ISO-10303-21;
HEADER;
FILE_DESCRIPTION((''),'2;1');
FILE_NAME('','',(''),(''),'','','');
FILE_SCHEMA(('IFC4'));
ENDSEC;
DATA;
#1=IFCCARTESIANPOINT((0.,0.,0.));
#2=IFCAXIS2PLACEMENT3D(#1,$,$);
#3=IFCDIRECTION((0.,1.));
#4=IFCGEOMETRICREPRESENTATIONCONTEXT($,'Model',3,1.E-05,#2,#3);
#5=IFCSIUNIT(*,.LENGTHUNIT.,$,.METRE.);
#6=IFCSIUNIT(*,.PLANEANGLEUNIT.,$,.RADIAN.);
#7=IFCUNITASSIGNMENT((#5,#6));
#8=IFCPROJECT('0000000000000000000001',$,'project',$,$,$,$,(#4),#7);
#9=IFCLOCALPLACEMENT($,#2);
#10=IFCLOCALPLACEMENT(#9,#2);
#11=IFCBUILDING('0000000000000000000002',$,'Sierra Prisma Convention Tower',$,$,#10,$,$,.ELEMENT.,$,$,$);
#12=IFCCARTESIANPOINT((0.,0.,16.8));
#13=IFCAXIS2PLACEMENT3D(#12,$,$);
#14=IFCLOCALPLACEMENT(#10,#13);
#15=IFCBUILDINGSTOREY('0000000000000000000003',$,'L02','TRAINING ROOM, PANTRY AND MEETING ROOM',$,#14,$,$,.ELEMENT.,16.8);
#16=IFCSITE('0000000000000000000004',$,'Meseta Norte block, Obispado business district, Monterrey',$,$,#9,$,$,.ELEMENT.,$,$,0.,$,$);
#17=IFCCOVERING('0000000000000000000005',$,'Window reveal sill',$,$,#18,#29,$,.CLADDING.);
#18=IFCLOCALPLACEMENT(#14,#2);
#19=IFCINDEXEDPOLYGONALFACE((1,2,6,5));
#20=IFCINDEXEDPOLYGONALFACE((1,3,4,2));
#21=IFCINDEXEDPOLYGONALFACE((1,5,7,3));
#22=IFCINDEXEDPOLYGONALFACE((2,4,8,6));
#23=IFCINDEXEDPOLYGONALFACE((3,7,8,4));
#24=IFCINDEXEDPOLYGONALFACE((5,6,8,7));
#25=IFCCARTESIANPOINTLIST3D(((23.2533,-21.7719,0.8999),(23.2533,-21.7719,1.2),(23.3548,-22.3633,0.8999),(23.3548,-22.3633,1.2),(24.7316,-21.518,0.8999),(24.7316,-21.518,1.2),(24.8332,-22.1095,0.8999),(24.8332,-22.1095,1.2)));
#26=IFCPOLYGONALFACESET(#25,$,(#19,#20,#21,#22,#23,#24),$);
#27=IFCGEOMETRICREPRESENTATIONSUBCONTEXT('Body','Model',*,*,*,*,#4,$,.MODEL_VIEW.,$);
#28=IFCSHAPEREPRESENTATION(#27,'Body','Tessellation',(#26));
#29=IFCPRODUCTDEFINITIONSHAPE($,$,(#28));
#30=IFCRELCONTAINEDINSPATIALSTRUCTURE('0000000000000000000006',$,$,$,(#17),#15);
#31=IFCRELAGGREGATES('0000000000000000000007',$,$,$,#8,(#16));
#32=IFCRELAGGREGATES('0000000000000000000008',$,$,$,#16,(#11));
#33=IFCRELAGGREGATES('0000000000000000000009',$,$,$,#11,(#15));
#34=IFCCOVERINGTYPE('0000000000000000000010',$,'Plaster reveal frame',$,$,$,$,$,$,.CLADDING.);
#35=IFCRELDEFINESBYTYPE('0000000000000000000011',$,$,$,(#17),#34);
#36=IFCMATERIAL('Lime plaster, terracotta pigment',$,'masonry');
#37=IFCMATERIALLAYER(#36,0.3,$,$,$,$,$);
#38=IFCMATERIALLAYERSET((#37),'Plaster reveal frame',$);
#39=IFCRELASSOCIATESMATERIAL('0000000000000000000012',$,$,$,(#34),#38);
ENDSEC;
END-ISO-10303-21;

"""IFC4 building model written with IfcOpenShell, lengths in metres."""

from ifc_helpers import new_model, si_unit, direction, frame, origin, origin_2d, place, context, subcontext, project, spatial, rectangle, extrude, material, layer, layer_set, type_object, element, save


model = new_model("IFC4")

# Units and contexts
model_context = context("Model", 3, precision=1e-05, world=origin(), true_north=direction((0.0, 1.0)))
body_context = subcontext(model_context, "Body", "Model", "MODEL_VIEW")
ifc_project = project(units=[si_unit("LENGTHUNIT", "METRE"), si_unit("PLANEANGLEUNIT", "RADIAN")], contexts=[model_context])

# Site, building, storey
site_placement = place(None, origin())
site = spatial("IfcSite", under=ifc_project, at=site_placement, Name="Meseta Norte block, Obispado business district, Monterrey", CompositionType="ELEMENT", RefElevation=0.0)
building_placement = place(site_placement, origin())
building = spatial("IfcBuilding", under=site, at=building_placement, Name="Sierra Prisma Convention Tower", CompositionType="ELEMENT")
storey_placement = place(building_placement, frame((0.0, 0.0, 16.8)))
storey = spatial("IfcBuildingStorey", under=building, at=storey_placement, Name="L02", Description="TRAINING ROOM, PANTRY AND MEETING ROOM", CompositionType="ELEMENT", Elevation=16.8)

# Covering
ifc_material_1 = material(Name="Lime plaster, terracotta pigment", Category="masonry")
ifc_layer_1 = layer(ifc_material_1, 0.3)
ifc_layer_set_1 = layer_set([ifc_layer_1], Name="Plaster reveal frame")
covering_type = type_object("IfcCoveringType", Name="Plaster reveal frame", PredefinedType="CLADDING", material=ifc_layer_set_1)
for number, where, z_axis, x_axis, name in (
    (1, (24.0432, -21.9407, 0.8999), (0.0, 0.0, 1.0), (-0.985574, -0.169246, 0.0), "Window reveal sill"),
):
    element("IfcCovering", number, at=place(storey_placement, frame(where, z_axis=z_axis, x_axis=x_axis)), inside=storey, type_object=covering_type, Name=name, PredefinedType="CLADDING", context=body_context, shape_type="SweptSolid", body=[
        extrude(rectangle(XDim=1.5, YDim=0.6001, at=origin_2d()), origin(), (0.0, 0.0, 1.0), 0.3),
    ])

save(model, "model.ifc")
